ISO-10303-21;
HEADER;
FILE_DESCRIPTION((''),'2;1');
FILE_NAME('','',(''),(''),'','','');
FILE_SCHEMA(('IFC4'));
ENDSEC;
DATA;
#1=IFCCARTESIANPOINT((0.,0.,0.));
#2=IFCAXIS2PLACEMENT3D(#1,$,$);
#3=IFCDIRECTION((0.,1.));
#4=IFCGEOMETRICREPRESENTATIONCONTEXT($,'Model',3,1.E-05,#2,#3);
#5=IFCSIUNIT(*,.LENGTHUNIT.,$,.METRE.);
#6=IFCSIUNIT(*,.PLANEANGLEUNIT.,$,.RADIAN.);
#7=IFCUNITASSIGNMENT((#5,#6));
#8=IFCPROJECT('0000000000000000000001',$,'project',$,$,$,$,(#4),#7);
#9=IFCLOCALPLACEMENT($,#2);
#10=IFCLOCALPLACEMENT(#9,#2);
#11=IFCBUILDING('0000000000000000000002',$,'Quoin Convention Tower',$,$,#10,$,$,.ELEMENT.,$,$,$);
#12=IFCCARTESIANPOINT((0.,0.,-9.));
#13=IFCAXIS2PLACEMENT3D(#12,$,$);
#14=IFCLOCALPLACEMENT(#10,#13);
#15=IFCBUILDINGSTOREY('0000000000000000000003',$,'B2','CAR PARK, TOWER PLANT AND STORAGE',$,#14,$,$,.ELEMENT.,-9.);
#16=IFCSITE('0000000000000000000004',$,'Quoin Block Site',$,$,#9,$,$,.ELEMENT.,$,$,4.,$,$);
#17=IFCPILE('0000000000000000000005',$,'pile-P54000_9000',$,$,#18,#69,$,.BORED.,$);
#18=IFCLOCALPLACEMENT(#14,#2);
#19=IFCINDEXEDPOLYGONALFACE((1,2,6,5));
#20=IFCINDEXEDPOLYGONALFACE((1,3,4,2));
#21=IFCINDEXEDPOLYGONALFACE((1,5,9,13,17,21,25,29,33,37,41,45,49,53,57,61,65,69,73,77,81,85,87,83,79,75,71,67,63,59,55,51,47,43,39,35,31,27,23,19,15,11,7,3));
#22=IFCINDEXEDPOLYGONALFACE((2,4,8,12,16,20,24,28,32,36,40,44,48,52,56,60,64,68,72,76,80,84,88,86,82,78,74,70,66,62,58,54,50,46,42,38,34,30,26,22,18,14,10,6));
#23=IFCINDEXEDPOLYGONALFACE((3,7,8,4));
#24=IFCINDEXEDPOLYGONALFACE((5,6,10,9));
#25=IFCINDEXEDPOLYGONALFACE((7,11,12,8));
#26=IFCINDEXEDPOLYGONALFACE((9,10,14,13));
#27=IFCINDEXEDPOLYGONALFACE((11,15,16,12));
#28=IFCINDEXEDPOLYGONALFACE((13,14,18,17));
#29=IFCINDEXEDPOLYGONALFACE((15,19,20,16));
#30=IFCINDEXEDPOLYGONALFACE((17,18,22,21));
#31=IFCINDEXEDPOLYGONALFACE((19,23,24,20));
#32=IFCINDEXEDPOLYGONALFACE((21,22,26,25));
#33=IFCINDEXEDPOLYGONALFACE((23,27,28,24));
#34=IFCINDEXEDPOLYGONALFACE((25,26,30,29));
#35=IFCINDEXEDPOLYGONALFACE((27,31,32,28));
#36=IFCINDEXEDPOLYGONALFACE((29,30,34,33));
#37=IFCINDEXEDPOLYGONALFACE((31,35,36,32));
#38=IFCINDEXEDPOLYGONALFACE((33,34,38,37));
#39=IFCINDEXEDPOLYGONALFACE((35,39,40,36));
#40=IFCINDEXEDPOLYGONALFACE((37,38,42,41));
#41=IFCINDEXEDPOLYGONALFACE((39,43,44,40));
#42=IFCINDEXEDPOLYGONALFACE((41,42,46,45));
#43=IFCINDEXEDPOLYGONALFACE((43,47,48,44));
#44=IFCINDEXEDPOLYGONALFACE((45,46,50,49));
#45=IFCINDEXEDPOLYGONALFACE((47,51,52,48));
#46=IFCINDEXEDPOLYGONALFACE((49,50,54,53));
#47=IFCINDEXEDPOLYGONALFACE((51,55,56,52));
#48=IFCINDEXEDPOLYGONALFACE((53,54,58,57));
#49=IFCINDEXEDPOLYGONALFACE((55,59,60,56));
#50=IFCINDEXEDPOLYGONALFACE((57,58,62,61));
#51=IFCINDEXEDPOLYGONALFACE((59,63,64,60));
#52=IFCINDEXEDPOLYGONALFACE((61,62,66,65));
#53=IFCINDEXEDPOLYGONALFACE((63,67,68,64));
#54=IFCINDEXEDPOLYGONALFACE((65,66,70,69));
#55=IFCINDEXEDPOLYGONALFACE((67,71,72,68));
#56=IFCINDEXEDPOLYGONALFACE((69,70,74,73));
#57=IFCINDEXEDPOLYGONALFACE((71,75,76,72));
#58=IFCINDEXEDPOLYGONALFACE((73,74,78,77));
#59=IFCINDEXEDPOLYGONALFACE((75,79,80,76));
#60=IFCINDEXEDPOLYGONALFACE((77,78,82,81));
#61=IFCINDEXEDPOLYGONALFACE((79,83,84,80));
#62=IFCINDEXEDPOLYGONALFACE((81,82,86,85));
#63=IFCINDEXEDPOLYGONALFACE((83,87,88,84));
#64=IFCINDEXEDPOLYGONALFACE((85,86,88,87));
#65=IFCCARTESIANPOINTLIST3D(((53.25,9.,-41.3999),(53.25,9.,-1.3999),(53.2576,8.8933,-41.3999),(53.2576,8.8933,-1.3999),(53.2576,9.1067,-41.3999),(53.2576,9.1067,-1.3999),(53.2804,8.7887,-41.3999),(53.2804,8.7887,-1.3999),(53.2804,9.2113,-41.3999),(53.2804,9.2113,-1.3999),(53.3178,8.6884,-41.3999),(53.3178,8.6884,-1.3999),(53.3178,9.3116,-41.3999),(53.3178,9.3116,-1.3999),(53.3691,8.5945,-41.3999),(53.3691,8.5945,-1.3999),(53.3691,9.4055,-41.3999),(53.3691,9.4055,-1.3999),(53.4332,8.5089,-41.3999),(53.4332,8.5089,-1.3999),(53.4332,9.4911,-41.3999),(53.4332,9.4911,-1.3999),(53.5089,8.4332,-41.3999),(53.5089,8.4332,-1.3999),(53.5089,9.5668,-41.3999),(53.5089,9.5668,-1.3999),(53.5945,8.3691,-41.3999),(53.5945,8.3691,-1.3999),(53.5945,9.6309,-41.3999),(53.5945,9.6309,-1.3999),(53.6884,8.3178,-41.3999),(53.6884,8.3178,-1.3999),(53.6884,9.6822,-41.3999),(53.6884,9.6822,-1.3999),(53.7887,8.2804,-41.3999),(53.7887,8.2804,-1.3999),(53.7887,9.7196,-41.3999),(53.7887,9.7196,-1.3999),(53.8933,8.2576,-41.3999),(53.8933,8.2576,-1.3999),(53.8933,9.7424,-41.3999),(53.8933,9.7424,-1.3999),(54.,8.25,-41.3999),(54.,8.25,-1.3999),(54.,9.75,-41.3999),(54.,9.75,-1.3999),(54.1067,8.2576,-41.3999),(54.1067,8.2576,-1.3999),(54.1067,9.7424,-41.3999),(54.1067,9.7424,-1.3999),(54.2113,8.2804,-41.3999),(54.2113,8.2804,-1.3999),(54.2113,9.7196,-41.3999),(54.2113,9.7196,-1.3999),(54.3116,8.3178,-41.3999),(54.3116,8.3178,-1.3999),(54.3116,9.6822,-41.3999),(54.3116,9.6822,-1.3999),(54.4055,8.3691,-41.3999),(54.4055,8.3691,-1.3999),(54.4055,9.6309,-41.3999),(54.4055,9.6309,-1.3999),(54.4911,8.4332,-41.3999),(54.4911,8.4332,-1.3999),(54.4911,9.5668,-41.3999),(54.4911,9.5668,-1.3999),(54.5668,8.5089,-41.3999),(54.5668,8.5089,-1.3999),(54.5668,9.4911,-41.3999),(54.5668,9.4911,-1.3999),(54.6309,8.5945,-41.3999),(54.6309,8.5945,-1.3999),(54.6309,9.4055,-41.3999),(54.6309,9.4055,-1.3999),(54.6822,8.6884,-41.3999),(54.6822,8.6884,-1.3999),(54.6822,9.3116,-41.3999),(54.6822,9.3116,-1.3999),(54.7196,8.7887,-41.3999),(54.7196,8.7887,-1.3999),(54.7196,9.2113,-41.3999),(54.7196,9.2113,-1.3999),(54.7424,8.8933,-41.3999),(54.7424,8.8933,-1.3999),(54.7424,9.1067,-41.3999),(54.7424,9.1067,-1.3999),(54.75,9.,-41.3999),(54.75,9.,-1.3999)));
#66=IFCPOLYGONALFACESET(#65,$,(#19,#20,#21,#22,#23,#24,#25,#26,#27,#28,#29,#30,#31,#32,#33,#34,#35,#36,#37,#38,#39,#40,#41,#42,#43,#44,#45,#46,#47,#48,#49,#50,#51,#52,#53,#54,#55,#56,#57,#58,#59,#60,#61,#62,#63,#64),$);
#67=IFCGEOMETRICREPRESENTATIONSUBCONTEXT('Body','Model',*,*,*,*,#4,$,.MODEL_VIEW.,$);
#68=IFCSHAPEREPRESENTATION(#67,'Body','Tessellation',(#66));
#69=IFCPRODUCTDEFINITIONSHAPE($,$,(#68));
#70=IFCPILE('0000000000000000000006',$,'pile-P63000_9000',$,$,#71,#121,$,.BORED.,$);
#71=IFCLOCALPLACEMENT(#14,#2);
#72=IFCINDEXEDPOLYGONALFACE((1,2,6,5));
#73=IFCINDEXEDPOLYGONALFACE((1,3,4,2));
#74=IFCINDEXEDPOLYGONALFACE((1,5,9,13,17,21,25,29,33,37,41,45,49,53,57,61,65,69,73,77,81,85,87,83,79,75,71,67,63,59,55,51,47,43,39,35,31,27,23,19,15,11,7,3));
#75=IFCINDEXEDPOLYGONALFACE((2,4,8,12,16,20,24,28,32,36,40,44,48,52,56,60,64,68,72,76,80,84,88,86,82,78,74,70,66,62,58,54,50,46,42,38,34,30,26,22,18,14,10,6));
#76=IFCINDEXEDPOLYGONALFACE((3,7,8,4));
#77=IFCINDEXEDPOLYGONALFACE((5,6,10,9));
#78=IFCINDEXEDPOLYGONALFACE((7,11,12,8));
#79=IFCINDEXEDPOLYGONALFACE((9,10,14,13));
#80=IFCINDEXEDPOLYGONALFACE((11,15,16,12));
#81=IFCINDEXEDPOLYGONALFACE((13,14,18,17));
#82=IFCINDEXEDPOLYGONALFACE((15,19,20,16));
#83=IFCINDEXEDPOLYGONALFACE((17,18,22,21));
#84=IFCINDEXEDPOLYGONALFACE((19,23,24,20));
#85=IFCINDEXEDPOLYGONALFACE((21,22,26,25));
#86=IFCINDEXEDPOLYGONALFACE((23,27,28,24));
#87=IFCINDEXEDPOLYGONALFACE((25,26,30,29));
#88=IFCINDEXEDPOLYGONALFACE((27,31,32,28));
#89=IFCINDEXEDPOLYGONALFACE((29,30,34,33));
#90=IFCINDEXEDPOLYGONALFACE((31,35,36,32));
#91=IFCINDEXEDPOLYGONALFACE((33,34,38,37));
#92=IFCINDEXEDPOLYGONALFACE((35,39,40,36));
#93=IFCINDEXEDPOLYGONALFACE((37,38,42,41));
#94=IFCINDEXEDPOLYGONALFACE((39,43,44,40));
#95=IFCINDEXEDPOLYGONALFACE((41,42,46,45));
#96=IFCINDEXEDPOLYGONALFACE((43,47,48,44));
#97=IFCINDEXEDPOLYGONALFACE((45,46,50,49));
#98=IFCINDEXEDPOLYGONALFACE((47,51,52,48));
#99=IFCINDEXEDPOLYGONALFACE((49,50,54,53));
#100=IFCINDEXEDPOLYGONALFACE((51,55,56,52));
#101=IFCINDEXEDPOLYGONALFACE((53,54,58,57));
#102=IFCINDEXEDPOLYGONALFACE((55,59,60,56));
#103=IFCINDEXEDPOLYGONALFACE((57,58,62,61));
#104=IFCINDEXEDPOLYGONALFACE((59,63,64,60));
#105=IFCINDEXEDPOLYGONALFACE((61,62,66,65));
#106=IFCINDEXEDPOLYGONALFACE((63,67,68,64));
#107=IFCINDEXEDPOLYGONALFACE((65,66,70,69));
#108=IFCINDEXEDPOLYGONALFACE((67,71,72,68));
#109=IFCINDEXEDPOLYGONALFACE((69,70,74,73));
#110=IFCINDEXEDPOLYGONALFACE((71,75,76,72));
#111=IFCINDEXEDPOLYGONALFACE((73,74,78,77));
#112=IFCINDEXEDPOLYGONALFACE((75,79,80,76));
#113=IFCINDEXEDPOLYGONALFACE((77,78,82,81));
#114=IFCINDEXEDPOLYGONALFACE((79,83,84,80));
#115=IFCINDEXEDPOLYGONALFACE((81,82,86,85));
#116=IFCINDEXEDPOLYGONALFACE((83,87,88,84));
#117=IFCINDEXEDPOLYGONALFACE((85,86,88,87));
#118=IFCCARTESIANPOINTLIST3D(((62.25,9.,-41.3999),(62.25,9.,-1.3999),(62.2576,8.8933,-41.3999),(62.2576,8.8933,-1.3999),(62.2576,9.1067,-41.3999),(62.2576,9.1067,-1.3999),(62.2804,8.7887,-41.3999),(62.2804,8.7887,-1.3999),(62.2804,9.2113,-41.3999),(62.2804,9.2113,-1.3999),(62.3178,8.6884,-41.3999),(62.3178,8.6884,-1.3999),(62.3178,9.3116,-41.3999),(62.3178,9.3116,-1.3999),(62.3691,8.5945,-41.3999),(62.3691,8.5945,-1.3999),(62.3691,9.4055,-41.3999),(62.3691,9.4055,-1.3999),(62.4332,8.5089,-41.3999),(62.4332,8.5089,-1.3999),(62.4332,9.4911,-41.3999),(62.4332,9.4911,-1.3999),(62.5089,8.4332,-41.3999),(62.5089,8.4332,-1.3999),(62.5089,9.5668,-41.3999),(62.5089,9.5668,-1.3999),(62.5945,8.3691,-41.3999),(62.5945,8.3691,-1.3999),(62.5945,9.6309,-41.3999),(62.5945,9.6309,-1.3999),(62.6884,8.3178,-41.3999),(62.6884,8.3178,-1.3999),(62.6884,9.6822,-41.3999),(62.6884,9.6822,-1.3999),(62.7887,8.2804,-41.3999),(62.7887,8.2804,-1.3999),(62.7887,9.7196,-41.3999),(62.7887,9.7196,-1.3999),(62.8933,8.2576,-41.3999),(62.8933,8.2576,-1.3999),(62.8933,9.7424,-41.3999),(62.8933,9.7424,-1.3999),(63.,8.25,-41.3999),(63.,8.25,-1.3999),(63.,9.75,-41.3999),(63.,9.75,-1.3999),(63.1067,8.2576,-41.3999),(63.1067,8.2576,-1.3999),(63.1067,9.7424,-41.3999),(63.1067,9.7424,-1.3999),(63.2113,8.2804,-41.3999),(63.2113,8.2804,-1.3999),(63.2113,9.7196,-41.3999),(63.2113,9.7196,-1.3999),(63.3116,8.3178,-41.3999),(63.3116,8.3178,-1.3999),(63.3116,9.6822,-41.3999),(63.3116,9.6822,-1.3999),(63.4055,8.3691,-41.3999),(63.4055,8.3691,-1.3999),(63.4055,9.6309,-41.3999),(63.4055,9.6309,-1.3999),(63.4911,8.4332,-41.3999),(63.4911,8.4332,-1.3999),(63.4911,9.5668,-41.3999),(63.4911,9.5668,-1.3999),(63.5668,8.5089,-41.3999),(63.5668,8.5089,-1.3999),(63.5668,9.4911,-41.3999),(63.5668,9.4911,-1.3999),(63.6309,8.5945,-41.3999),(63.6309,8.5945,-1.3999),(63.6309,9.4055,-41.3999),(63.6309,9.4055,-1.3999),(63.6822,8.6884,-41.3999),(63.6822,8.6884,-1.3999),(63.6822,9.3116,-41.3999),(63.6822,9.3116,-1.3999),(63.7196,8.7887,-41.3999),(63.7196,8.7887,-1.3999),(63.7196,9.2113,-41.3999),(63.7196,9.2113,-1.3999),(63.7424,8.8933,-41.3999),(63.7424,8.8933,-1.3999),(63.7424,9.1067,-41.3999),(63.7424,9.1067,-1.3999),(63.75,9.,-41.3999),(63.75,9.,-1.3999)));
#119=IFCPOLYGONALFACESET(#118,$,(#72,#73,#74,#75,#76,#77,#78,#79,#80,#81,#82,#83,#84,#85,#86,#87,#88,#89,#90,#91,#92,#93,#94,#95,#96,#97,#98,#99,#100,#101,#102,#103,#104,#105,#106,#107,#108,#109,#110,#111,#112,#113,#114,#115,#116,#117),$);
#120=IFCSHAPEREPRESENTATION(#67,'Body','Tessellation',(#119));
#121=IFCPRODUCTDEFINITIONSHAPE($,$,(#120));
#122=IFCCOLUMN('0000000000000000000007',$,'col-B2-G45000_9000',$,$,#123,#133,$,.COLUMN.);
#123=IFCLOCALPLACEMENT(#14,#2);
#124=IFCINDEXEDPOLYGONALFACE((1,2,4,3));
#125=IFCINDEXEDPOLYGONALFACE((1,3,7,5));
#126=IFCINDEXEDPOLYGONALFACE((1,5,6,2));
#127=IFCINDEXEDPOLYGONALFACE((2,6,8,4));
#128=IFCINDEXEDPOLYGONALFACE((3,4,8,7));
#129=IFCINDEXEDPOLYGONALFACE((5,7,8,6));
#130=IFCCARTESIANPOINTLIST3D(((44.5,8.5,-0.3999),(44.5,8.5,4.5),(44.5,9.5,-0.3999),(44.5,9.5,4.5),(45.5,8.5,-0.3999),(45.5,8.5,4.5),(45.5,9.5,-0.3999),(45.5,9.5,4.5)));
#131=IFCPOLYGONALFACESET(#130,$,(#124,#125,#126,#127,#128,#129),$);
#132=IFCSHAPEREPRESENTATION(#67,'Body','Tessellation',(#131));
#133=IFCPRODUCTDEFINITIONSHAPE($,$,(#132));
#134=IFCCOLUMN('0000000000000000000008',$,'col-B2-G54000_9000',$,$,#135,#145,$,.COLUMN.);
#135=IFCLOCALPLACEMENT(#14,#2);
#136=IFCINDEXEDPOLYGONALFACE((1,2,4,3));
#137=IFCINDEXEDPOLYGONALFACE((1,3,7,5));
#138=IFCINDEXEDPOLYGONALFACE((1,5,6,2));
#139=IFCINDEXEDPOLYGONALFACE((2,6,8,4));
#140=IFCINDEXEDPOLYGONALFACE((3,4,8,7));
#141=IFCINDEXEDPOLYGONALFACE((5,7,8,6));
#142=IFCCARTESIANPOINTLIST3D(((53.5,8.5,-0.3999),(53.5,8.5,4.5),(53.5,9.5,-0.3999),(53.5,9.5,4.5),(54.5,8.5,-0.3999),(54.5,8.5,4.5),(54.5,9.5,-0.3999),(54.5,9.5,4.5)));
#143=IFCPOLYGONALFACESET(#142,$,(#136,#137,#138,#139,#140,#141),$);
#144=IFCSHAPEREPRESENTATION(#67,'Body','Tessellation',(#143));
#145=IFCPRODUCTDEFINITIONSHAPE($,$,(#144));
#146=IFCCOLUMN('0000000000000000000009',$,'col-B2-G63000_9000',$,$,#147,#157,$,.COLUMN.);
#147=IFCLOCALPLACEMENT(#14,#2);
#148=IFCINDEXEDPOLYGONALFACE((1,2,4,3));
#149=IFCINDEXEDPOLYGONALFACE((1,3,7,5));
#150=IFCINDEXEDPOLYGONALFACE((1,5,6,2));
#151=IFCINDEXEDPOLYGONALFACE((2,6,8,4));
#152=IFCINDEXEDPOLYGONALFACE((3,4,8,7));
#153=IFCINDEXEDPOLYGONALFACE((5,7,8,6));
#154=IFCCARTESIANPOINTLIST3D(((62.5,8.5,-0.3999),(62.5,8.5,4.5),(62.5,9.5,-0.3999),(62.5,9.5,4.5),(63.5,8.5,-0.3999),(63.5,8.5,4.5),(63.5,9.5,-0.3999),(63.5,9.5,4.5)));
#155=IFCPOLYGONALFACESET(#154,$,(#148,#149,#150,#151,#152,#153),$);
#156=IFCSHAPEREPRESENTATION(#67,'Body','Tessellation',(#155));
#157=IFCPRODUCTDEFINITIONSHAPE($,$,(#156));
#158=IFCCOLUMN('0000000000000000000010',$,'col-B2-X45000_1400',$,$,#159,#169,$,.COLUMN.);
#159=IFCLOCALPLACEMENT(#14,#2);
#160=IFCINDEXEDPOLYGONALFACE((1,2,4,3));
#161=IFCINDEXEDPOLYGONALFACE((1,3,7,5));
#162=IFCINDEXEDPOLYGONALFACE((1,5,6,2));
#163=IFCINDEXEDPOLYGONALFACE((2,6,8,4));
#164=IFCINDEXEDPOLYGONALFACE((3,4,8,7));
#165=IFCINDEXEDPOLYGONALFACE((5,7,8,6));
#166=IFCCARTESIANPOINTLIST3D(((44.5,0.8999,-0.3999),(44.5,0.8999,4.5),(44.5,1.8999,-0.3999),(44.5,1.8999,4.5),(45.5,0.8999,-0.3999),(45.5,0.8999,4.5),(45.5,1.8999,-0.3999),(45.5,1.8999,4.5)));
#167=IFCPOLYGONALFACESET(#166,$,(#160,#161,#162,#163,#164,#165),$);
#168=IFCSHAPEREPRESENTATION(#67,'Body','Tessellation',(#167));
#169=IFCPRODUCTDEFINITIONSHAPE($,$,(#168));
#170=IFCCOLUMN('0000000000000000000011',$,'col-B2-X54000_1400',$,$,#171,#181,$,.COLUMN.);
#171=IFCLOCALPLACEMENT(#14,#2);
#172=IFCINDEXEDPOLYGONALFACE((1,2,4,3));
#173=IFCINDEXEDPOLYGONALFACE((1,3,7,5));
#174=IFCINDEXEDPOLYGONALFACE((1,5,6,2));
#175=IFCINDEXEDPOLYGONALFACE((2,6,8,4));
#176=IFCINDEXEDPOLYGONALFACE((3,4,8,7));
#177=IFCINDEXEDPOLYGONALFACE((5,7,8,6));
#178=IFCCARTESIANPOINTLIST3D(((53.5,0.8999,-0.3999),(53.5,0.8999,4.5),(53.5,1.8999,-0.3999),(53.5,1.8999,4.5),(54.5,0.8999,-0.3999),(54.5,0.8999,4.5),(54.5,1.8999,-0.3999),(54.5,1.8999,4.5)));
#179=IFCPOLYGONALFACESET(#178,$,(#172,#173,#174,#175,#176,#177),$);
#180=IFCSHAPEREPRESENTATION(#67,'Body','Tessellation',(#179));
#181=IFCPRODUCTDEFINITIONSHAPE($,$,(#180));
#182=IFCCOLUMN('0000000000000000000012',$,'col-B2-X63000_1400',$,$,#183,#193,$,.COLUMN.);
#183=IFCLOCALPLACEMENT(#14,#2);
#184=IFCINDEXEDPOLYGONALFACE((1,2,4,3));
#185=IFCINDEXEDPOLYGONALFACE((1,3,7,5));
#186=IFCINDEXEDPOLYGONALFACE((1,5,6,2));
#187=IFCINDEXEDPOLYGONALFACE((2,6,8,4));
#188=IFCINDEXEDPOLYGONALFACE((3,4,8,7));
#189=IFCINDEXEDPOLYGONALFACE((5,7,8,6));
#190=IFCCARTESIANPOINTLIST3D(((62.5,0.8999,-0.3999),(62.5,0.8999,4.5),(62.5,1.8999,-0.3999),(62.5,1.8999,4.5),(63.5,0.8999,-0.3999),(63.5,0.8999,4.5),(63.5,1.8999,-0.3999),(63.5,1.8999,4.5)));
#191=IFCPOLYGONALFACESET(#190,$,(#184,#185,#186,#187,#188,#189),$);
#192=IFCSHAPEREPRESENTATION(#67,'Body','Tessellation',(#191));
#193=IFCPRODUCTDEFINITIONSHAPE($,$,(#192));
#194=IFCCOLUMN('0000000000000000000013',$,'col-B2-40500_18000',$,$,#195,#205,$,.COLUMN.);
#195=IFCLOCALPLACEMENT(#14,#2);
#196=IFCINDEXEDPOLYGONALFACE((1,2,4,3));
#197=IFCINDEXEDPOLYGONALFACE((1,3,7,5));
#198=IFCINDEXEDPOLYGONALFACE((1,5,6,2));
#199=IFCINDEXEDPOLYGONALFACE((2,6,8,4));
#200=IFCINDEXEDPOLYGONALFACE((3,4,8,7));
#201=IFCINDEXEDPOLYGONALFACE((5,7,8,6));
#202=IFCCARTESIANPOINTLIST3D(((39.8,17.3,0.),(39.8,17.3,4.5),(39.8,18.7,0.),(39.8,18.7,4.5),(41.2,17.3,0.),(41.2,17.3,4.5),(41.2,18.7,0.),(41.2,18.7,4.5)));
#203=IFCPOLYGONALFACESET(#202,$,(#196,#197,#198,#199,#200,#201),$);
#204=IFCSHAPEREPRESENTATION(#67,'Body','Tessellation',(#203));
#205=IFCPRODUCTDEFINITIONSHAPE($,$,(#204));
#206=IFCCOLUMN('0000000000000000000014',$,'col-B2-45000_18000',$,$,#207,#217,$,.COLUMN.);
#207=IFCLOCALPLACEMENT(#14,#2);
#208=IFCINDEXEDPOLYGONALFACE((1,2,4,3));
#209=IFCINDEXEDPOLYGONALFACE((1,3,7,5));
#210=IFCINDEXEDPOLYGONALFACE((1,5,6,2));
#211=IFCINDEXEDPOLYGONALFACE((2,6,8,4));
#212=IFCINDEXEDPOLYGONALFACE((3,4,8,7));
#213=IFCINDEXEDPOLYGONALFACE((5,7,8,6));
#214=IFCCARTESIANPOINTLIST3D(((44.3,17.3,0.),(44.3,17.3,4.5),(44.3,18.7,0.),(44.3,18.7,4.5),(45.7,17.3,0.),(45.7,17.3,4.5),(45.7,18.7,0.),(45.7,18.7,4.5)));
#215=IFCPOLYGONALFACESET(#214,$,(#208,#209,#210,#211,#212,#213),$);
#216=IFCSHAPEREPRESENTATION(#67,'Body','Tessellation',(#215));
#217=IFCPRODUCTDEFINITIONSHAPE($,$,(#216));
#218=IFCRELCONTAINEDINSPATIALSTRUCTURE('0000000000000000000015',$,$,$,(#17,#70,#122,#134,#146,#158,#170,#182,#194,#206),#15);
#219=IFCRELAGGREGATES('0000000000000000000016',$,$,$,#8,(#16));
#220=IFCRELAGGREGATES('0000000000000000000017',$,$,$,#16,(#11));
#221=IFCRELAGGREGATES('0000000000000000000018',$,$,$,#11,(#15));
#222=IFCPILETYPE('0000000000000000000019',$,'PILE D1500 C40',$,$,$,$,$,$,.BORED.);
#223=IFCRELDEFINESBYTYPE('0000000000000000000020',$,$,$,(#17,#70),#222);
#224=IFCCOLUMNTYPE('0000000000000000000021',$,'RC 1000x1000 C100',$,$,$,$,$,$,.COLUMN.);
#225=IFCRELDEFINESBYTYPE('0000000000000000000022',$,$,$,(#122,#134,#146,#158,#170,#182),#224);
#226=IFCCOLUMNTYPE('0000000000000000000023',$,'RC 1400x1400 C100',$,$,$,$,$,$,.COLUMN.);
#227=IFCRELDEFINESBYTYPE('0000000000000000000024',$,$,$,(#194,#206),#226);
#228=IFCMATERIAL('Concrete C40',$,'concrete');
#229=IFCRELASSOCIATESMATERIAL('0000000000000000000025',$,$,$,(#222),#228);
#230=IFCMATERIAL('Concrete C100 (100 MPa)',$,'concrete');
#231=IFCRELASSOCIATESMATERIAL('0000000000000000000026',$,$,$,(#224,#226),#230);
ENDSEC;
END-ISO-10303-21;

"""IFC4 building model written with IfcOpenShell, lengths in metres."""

from ifc_helpers import new_model, si_unit, direction, frame, origin, origin_2d, place, context, subcontext, project, spatial, rectangle, circle, extrude, material, material_profile, profile_set, type_object, element, save


model = new_model("IFC4")

# Units and contexts
model_context = context("Model", 3, precision=1e-05, world=origin(), true_north=direction((0.0, 1.0)))
body_context = subcontext(model_context, "Body", "Model", "MODEL_VIEW")
ifc_project = project(units=[si_unit("LENGTHUNIT", "METRE"), si_unit("PLANEANGLEUNIT", "RADIAN")], contexts=[model_context])

# Site, building, storey
site_placement = place(None, origin())
site = spatial("IfcSite", under=ifc_project, at=site_placement, Name="Quoin Block Site", CompositionType="ELEMENT", RefElevation=4.0)
building_placement = place(site_placement, origin())
building = spatial("IfcBuilding", under=site, at=building_placement, Name="Quoin Convention Tower", CompositionType="ELEMENT")
storey_placement = place(building_placement, frame((0.0, 0.0, -9.0)))
storey = spatial("IfcBuildingStorey", under=building, at=storey_placement, Name="B2", Description="CAR PARK, TOWER PLANT AND STORAGE", CompositionType="ELEMENT", Elevation=-9.0)

# Piles
ifc_material_1 = material(Name="Concrete C40", Category="concrete")
ifc_material_profile_1 = material_profile(ifc_material_1, circle(Radius=0.75, at=origin_2d()), Name="D1500")
ifc_profile_set_1 = profile_set([ifc_material_profile_1], Name="Concrete C40")
pile_type = type_object("IfcPileType", Name="PILE D1500 C40", PredefinedType="BORED", material=ifc_profile_set_1)
for number, where, z_axis, x_axis, name in (
    (1, (54.0, 9.0, -1.3999), (0.0, 0.0, -1.0), (1.0, 0.0, 0.0), "pile-P54000_9000"),
    (2, (63.0, 9.0, -1.3999), (0.0, 0.0, -1.0), (1.0, 0.0, 0.0), "pile-P63000_9000"),
):
    element("IfcPile", number, at=place(storey_placement, frame(where, z_axis=z_axis, x_axis=x_axis)), inside=storey, type_object=pile_type, Name=name, PredefinedType="BORED", context=body_context, shape_type="SweptSolid", body=[
        extrude(circle(Radius=0.75, at=origin_2d()), origin(), (0.0, 0.0, 1.0), 40.0),
    ])

# Columns
ifc_material_2 = material(Name="Concrete C100 (100 MPa)", Category="concrete")
ifc_material_profile_2 = material_profile(ifc_material_2, rectangle(XDim=1.0, YDim=1.0, at=origin_2d()), Name="RC 1000x1000")
ifc_profile_set_2 = profile_set([ifc_material_profile_2], Name="Concrete C100 (100 MPa)")
column_type_1 = type_object("IfcColumnType", Name="RC 1000x1000 C100", PredefinedType="COLUMN", material=ifc_profile_set_2)
for number, where, z_axis, x_axis, name in (
    (3, (45.0, 9.0, -0.3999), (0.0, 0.0, 1.0), (1.0, 0.0, 0.0), "col-B2-G45000_9000"),
    (4, (54.0, 9.0, -0.3999), (0.0, 0.0, 1.0), (1.0, 0.0, 0.0), "col-B2-G54000_9000"),
    (5, (63.0, 9.0, -0.3999), (0.0, 0.0, 1.0), (1.0, 0.0, 0.0), "col-B2-G63000_9000"),
    (6, (45.0, 1.3999, -0.3999), (0.0, 0.0, 1.0), (1.0, 0.0, 0.0), "col-B2-X45000_1400"),
    (7, (54.0, 1.3999, -0.3999), (0.0, 0.0, 1.0), (1.0, 0.0, 0.0), "col-B2-X54000_1400"),
    (8, (63.0, 1.3999, -0.3999), (0.0, 0.0, 1.0), (1.0, 0.0, 0.0), "col-B2-X63000_1400"),
):
    element("IfcColumn", number, at=place(storey_placement, frame(where, z_axis=z_axis, x_axis=x_axis)), inside=storey, type_object=column_type_1, Name=name, PredefinedType="COLUMN", context=body_context, shape_type="SweptSolid", body=[
        extrude(rectangle(XDim=1.0, YDim=1.0, at=origin_2d()), origin(), (0.0, 0.0, 1.0), 4.8999),
    ])
ifc_material_profile_3 = material_profile(ifc_material_2, rectangle(XDim=1.3999, YDim=1.3999, at=origin_2d()), Name="RC 1400x1400")
ifc_profile_set_3 = profile_set([ifc_material_profile_3], Name="Concrete C100 (100 MPa)")
column_type_2 = type_object("IfcColumnType", Name="RC 1400x1400 C100", PredefinedType="COLUMN", material=ifc_profile_set_3)
for number, where, z_axis, x_axis, name in (
    (9, (40.5, 18.0, 0.0), (0.0, 0.0, 1.0), (1.0, 0.0, 0.0), "col-B2-40500_18000"),
    (10, (45.0, 18.0, 0.0), (0.0, 0.0, 1.0), (1.0, 0.0, 0.0), "col-B2-45000_18000"),
):
    element("IfcColumn", number, at=place(storey_placement, frame(where, z_axis=z_axis, x_axis=x_axis)), inside=storey, type_object=column_type_2, Name=name, PredefinedType="COLUMN", context=body_context, shape_type="SweptSolid", body=[
        extrude(rectangle(XDim=1.3999, YDim=1.3999, at=origin_2d()), origin(), (0.0, 0.0, 1.0), 4.5),
    ])

save(model, "model.ifc")
